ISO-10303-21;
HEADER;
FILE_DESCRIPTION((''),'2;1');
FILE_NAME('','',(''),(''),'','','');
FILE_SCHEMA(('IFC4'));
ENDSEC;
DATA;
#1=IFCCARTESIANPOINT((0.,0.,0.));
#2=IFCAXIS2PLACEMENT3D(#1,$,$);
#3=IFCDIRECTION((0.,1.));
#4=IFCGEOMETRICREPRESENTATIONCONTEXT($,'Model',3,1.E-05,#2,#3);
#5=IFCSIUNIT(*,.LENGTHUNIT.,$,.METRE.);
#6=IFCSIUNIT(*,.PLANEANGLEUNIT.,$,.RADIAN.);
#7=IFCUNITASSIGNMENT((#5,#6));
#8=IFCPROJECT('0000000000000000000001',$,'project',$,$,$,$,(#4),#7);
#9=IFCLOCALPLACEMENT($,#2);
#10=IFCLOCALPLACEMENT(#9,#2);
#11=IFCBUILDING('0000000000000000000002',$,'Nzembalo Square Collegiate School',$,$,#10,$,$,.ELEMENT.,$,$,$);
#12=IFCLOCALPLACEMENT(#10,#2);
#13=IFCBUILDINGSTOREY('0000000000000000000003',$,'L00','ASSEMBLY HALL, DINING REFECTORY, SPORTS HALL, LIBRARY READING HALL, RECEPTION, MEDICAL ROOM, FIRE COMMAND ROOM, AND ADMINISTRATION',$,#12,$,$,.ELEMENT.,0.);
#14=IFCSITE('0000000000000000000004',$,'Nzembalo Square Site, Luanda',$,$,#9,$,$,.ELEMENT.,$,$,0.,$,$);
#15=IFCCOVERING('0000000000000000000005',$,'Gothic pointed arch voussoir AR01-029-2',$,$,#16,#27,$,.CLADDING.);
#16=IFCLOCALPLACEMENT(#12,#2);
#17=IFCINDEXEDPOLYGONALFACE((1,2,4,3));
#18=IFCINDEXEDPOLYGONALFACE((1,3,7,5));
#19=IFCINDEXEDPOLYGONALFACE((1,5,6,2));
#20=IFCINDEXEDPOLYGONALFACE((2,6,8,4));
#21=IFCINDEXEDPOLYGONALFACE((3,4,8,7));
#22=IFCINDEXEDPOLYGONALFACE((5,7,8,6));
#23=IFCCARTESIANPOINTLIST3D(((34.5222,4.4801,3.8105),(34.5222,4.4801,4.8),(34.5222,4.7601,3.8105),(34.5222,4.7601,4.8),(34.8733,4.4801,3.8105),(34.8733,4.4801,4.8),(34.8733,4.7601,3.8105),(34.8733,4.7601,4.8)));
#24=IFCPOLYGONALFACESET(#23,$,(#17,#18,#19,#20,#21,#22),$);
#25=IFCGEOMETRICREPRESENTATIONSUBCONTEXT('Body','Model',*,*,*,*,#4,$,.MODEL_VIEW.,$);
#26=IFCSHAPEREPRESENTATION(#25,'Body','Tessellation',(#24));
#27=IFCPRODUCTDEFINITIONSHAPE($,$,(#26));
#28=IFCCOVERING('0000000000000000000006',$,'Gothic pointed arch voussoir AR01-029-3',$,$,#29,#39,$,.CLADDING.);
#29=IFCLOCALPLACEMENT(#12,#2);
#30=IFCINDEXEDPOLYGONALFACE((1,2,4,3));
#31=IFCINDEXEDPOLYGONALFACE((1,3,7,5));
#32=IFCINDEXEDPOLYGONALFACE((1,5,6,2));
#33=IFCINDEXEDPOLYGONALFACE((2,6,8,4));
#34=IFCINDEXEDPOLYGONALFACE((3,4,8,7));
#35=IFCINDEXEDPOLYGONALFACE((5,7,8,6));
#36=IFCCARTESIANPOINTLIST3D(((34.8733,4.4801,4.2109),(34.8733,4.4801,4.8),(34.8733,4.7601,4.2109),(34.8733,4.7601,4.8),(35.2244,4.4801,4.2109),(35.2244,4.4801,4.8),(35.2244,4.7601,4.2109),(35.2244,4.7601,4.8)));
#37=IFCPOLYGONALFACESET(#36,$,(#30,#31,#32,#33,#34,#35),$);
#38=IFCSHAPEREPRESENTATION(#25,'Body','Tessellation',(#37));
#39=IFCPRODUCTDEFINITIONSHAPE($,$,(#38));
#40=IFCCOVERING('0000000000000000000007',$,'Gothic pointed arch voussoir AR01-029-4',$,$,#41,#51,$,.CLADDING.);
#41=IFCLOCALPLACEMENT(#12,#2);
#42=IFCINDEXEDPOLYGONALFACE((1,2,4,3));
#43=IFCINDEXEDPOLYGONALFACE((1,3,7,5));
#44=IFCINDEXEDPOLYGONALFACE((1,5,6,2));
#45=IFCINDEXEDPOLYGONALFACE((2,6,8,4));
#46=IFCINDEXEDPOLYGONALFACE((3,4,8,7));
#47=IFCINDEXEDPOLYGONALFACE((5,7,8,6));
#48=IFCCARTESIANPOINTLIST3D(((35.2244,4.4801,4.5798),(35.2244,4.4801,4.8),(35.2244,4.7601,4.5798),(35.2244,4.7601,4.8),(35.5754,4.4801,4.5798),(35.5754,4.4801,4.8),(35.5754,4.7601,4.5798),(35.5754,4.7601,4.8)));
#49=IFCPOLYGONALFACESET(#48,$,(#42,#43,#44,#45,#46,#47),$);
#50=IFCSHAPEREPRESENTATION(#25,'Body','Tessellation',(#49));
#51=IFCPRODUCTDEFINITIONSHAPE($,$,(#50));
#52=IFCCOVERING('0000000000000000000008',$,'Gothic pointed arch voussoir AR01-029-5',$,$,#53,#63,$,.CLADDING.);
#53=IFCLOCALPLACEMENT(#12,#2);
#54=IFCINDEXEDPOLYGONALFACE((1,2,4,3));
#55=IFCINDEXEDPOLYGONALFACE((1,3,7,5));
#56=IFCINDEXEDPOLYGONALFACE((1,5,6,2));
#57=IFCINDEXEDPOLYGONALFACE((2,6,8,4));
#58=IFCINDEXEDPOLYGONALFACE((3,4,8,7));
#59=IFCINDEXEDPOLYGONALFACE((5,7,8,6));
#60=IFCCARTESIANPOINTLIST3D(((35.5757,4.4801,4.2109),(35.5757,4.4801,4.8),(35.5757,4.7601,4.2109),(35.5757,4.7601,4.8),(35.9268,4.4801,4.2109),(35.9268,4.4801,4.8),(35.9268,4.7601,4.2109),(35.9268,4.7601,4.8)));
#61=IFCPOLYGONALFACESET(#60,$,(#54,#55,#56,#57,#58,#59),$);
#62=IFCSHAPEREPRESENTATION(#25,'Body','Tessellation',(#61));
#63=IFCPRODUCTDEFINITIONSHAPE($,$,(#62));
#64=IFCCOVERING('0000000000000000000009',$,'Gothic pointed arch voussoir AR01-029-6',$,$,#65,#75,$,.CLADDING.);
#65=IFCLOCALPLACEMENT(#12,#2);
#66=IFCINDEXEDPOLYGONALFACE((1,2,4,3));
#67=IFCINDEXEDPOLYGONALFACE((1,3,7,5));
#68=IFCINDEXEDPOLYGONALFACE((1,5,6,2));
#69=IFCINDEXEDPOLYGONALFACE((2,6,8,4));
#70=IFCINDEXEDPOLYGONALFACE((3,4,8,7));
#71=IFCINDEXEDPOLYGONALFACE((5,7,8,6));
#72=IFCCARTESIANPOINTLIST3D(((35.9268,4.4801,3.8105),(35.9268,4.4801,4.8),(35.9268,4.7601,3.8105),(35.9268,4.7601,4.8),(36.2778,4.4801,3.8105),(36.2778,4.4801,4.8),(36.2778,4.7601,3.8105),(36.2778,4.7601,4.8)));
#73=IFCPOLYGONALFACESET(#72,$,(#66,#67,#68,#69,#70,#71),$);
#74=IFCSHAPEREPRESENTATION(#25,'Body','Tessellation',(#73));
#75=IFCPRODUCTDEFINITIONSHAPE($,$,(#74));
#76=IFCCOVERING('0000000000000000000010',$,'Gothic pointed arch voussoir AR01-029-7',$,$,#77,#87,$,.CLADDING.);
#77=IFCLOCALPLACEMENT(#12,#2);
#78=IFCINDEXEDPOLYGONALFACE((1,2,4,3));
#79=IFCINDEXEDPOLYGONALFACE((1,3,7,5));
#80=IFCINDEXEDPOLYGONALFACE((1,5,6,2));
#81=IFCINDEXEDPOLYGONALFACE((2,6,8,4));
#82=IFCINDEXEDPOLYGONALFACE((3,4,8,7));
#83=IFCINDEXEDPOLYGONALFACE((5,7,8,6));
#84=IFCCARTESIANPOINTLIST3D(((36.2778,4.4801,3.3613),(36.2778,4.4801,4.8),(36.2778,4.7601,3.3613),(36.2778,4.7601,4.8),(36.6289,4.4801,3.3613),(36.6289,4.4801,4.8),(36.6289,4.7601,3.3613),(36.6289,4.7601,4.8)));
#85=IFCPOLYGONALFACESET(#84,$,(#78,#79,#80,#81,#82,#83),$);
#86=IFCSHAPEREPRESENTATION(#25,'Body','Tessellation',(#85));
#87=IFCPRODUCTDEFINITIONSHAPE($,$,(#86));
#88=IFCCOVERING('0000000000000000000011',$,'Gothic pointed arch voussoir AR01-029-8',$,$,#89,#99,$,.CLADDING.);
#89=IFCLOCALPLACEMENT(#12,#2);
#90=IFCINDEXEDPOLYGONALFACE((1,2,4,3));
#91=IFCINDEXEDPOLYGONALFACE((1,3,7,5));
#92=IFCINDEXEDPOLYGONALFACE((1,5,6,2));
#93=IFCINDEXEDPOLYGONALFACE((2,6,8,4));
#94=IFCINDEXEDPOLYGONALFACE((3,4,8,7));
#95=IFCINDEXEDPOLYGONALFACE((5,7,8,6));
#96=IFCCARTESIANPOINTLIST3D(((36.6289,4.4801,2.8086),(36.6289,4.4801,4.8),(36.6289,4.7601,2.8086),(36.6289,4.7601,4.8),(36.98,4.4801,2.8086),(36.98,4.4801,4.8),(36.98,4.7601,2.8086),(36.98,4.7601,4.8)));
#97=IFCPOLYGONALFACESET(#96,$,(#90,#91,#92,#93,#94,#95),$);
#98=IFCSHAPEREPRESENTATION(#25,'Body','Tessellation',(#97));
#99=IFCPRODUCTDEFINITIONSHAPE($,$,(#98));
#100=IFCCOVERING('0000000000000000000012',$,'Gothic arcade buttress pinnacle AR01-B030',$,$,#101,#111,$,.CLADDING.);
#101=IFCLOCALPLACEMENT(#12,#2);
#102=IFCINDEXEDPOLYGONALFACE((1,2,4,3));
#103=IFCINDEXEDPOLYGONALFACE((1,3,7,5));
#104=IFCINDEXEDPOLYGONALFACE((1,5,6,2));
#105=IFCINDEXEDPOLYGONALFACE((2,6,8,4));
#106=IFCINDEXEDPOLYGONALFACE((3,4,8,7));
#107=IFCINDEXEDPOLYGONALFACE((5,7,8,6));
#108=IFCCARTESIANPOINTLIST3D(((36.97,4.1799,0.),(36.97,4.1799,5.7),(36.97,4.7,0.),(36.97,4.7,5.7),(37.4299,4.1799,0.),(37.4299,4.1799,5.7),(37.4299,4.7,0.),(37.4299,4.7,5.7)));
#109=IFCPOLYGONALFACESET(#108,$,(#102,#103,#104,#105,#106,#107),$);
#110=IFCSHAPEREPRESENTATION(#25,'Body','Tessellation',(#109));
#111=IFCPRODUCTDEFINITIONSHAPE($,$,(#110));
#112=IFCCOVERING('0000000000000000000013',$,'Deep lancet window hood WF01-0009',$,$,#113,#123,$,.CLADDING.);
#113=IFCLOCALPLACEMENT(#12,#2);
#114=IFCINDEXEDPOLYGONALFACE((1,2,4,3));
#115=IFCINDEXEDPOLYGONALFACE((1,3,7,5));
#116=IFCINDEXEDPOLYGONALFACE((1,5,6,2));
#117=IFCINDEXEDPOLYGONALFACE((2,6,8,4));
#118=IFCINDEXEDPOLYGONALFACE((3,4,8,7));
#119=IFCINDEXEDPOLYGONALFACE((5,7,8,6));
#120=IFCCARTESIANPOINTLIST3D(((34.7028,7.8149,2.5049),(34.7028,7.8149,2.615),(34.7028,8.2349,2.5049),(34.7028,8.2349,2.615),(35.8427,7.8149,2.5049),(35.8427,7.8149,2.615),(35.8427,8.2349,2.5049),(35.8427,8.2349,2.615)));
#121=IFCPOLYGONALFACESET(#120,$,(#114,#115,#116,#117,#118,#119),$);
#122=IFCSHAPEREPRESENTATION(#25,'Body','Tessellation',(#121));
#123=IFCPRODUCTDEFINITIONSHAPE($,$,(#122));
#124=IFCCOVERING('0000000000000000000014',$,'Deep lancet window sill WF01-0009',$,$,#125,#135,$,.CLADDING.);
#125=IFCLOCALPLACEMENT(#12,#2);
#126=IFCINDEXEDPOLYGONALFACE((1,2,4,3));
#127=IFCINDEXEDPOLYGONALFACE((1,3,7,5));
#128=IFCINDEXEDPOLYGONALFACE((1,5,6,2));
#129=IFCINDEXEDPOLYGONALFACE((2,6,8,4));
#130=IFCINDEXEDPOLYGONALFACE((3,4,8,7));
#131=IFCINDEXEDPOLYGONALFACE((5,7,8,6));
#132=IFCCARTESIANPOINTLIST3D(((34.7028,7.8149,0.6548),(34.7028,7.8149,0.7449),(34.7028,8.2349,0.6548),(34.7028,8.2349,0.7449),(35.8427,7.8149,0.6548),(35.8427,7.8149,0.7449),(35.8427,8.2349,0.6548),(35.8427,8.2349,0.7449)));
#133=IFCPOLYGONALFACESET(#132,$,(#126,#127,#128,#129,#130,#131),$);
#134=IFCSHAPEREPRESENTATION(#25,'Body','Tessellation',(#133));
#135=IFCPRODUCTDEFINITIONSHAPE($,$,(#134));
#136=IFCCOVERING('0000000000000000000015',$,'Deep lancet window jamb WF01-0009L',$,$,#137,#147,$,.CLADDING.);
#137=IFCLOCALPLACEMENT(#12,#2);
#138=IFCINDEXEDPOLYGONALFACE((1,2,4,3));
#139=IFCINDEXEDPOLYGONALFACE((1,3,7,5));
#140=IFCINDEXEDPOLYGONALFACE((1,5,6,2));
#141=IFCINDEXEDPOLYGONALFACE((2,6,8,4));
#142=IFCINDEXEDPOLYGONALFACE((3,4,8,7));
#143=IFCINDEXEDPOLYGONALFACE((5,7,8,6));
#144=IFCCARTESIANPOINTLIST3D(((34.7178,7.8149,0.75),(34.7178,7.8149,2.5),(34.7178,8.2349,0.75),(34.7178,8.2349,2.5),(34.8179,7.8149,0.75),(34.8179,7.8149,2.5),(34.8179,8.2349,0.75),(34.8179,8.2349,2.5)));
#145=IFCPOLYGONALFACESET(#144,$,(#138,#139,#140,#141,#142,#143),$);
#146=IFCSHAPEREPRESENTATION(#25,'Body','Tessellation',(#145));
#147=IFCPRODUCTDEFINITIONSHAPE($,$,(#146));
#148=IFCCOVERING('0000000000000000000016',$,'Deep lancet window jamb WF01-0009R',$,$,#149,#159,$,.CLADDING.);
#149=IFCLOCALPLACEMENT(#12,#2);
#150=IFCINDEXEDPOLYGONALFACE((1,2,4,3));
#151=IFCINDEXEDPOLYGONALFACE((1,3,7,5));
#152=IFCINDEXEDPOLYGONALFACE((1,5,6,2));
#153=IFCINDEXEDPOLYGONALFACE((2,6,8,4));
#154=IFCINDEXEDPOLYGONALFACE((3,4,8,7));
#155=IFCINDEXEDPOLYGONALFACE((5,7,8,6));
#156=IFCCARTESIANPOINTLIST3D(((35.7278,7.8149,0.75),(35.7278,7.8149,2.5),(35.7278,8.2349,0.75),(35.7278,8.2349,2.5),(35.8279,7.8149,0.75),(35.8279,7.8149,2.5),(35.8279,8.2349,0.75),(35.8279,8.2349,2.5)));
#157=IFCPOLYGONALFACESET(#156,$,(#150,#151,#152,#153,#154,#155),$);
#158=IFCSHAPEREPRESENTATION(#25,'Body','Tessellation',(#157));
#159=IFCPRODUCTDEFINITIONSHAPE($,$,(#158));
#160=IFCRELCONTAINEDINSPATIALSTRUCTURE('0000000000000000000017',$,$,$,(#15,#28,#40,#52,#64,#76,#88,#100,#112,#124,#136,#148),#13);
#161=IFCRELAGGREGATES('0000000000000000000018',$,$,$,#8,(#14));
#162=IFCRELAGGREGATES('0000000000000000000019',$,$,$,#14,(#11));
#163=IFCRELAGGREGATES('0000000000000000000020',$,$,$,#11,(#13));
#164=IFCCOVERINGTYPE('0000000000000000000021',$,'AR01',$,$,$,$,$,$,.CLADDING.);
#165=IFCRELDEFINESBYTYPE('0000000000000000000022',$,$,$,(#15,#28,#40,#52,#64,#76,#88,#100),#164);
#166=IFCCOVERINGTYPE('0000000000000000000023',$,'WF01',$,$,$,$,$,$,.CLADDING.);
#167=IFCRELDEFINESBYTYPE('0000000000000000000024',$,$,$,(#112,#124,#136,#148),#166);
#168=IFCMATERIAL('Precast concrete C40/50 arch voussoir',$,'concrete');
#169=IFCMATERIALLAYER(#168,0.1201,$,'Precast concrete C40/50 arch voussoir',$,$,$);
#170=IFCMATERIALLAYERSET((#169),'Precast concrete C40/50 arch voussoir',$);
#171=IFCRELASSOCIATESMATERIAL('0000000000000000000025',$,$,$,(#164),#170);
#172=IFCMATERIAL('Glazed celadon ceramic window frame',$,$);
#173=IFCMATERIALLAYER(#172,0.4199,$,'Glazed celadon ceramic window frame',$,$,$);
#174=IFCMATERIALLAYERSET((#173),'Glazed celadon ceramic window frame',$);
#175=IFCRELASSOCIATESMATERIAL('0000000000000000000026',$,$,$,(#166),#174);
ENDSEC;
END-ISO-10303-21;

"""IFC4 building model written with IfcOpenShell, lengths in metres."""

from ifc_helpers import new_model, si_unit, direction, frame, origin, origin_2d, place, context, subcontext, project, spatial, rectangle, extrude, material, layer, layer_set, type_object, element, save


model = new_model("IFC4")

# Units and contexts
model_context = context("Model", 3, precision=1e-05, world=origin(), true_north=direction((0.0, 1.0)))
body_context = subcontext(model_context, "Body", "Model", "MODEL_VIEW")
ifc_project = project(units=[si_unit("LENGTHUNIT", "METRE"), si_unit("PLANEANGLEUNIT", "RADIAN")], contexts=[model_context])

# Site, building, storey
site_placement = place(None, origin())
site = spatial("IfcSite", under=ifc_project, at=site_placement, Name="Nzembalo Square Site, Luanda", CompositionType="ELEMENT", RefElevation=0.0)
building_placement = place(site_placement, origin())
building = spatial("IfcBuilding", under=site, at=building_placement, Name="Nzembalo Square Collegiate School", CompositionType="ELEMENT")
storey_placement = place(building_placement, origin())
storey = spatial("IfcBuildingStorey", under=building, at=storey_placement, Name="L00", Description="ASSEMBLY HALL, DINING REFECTORY, SPORTS HALL, LIBRARY READING HALL, RECEPTION, MEDICAL ROOM, FIRE COMMAND ROOM, AND ADMINISTRATION", CompositionType="ELEMENT", Elevation=0.0)

# Coverings
ifc_material_1 = material(Name="Precast concrete C40/50 arch voussoir", Category="concrete")
ifc_layer_1 = layer(ifc_material_1, 0.1201, Name="Precast concrete C40/50 arch voussoir")
ifc_layer_set_1 = layer_set([ifc_layer_1], Name="Precast concrete C40/50 arch voussoir")
covering_type_1 = type_object("IfcCoveringType", Name="AR01", PredefinedType="CLADDING", material=ifc_layer_set_1)
covering_1_placement = place(storey_placement, frame((34.6978, 4.6201, 3.8105), z_axis=(0.0, 0.0, 1.0), x_axis=(1.0, 0.0, 0.0)))
element("IfcCovering", 1, at=covering_1_placement, inside=storey, type_object=covering_type_1, Name="Gothic pointed arch voussoir AR01-029-2", PredefinedType="CLADDING", context=body_context, shape_type="SweptSolid", body=[
    extrude(rectangle(XDim=0.3511, YDim=0.28, at=origin_2d()), origin(), (0.0, 0.0, 1.0), 0.9895),
])
covering_2_placement = place(storey_placement, frame((35.0488, 4.6201, 4.2109), z_axis=(0.0, 0.0, 1.0), x_axis=(1.0, 0.0, 0.0)))
element("IfcCovering", 2, at=covering_2_placement, inside=storey, type_object=covering_type_1, Name="Gothic pointed arch voussoir AR01-029-3", PredefinedType="CLADDING", context=body_context, shape_type="SweptSolid", body=[
    extrude(rectangle(XDim=0.3511, YDim=0.28, at=origin_2d()), origin(), (0.0, 0.0, 1.0), 0.5891),
])
covering_3_placement = place(storey_placement, frame((35.3999, 4.6201, 4.5798), z_axis=(0.0, 0.0, 1.0), x_axis=(1.0, 0.0, 0.0)))
element("IfcCovering", 3, at=covering_3_placement, inside=storey, type_object=covering_type_1, Name="Gothic pointed arch voussoir AR01-029-4", PredefinedType="CLADDING", context=body_context, shape_type="SweptSolid", body=[
    extrude(rectangle(XDim=0.3511, YDim=0.28, at=origin_2d()), origin(), (0.0, 0.0, 1.0), 0.2202),
])
covering_4_placement = place(storey_placement, frame((35.7512, 4.6201, 4.2109), z_axis=(0.0, 0.0, 1.0), x_axis=(1.0, 0.0, 0.0)))
element("IfcCovering", 4, at=covering_4_placement, inside=storey, type_object=covering_type_1, Name="Gothic pointed arch voussoir AR01-029-5", PredefinedType="CLADDING", context=body_context, shape_type="SweptSolid", body=[
    extrude(rectangle(XDim=0.3511, YDim=0.28, at=origin_2d()), origin(), (0.0, 0.0, 1.0), 0.5891),
])
covering_5_placement = place(storey_placement, frame((36.1023, 4.6201, 3.8105), z_axis=(0.0, 0.0, 1.0), x_axis=(1.0, 0.0, 0.0)))
element("IfcCovering", 5, at=covering_5_placement, inside=storey, type_object=covering_type_1, Name="Gothic pointed arch voussoir AR01-029-6", PredefinedType="CLADDING", context=body_context, shape_type="SweptSolid", body=[
    extrude(rectangle(XDim=0.3511, YDim=0.28, at=origin_2d()), origin(), (0.0, 0.0, 1.0), 0.9895),
])
covering_6_placement = place(storey_placement, frame((36.4534, 4.6201, 3.3613), z_axis=(0.0, 0.0, 1.0), x_axis=(1.0, 0.0, 0.0)))
element("IfcCovering", 6, at=covering_6_placement, inside=storey, type_object=covering_type_1, Name="Gothic pointed arch voussoir AR01-029-7", PredefinedType="CLADDING", context=body_context, shape_type="SweptSolid", body=[
    extrude(rectangle(XDim=0.3511, YDim=0.28, at=origin_2d()), origin(), (0.0, 0.0, 1.0), 1.4387),
])
covering_7_placement = place(storey_placement, frame((36.8044, 4.6201, 2.8086), z_axis=(0.0, 0.0, 1.0), x_axis=(1.0, 0.0, 0.0)))
element("IfcCovering", 7, at=covering_7_placement, inside=storey, type_object=covering_type_1, Name="Gothic pointed arch voussoir AR01-029-8", PredefinedType="CLADDING", context=body_context, shape_type="SweptSolid", body=[
    extrude(rectangle(XDim=0.3511, YDim=0.28, at=origin_2d()), origin(), (0.0, 0.0, 1.0), 1.9915),
])
covering_8_placement = place(storey_placement, frame((37.2, 4.4399, 0.0), z_axis=(0.0, 0.0, 1.0), x_axis=(1.0, 0.0, 0.0)))
element("IfcCovering", 8, at=covering_8_placement, inside=storey, type_object=covering_type_1, Name="Gothic arcade buttress pinnacle AR01-B030", PredefinedType="CLADDING", context=body_context, shape_type="SweptSolid", body=[
    extrude(rectangle(XDim=0.46, YDim=0.52, at=origin_2d()), origin(), (0.0, 0.0, 1.0), 5.7),
])
ifc_material_2 = material(Name="Glazed celadon ceramic window frame")
ifc_layer_2 = layer(ifc_material_2, 0.4199, Name="Glazed celadon ceramic window frame")
ifc_layer_set_2 = layer_set([ifc_layer_2], Name="Glazed celadon ceramic window frame")
covering_type_2 = type_object("IfcCoveringType", Name="WF01", PredefinedType="CLADDING", material=ifc_layer_set_2)
covering_9_placement = place(storey_placement, frame((35.2727, 8.0249, 2.5049), z_axis=(0.0, 0.0, 1.0), x_axis=(1.0, 0.0, 0.0)))
element("IfcCovering", 9, at=covering_9_placement, inside=storey, type_object=covering_type_2, Name="Deep lancet window hood WF01-0009", PredefinedType="CLADDING", context=body_context, shape_type="SweptSolid", body=[
    extrude(rectangle(XDim=1.1399, YDim=0.4199, at=origin_2d()), origin(), (0.0, 0.0, 1.0), 0.1101),
])
covering_10_placement = place(storey_placement, frame((35.2727, 8.0249, 0.6548), z_axis=(0.0, 0.0, 1.0), x_axis=(1.0, 0.0, 0.0)))
element("IfcCovering", 10, at=covering_10_placement, inside=storey, type_object=covering_type_2, Name="Deep lancet window sill WF01-0009", PredefinedType="CLADDING", context=body_context, shape_type="SweptSolid", body=[
    extrude(rectangle(XDim=1.1399, YDim=0.4199, at=origin_2d()), origin(), (0.0, 0.0, 1.0), 0.0901),
])
for number, where, z_axis, x_axis, name in (
    (11, (34.7678, 8.0249, 0.75), (0.0, 0.0, 1.0), (1.0, 0.0, 0.0), "Deep lancet window jamb WF01-0009L"),
    (12, (35.7778, 8.0249, 0.75), (0.0, 0.0, 1.0), (1.0, 0.0, 0.0), "Deep lancet window jamb WF01-0009R"),
):
    element("IfcCovering", number, at=place(storey_placement, frame(where, z_axis=z_axis, x_axis=x_axis)), inside=storey, type_object=covering_type_2, Name=name, PredefinedType="CLADDING", context=body_context, shape_type="SweptSolid", body=[
        extrude(rectangle(XDim=0.1001, YDim=0.4199, at=origin_2d()), origin(), (0.0, 0.0, 1.0), 1.75),
    ])

save(model, "model.ifc")
